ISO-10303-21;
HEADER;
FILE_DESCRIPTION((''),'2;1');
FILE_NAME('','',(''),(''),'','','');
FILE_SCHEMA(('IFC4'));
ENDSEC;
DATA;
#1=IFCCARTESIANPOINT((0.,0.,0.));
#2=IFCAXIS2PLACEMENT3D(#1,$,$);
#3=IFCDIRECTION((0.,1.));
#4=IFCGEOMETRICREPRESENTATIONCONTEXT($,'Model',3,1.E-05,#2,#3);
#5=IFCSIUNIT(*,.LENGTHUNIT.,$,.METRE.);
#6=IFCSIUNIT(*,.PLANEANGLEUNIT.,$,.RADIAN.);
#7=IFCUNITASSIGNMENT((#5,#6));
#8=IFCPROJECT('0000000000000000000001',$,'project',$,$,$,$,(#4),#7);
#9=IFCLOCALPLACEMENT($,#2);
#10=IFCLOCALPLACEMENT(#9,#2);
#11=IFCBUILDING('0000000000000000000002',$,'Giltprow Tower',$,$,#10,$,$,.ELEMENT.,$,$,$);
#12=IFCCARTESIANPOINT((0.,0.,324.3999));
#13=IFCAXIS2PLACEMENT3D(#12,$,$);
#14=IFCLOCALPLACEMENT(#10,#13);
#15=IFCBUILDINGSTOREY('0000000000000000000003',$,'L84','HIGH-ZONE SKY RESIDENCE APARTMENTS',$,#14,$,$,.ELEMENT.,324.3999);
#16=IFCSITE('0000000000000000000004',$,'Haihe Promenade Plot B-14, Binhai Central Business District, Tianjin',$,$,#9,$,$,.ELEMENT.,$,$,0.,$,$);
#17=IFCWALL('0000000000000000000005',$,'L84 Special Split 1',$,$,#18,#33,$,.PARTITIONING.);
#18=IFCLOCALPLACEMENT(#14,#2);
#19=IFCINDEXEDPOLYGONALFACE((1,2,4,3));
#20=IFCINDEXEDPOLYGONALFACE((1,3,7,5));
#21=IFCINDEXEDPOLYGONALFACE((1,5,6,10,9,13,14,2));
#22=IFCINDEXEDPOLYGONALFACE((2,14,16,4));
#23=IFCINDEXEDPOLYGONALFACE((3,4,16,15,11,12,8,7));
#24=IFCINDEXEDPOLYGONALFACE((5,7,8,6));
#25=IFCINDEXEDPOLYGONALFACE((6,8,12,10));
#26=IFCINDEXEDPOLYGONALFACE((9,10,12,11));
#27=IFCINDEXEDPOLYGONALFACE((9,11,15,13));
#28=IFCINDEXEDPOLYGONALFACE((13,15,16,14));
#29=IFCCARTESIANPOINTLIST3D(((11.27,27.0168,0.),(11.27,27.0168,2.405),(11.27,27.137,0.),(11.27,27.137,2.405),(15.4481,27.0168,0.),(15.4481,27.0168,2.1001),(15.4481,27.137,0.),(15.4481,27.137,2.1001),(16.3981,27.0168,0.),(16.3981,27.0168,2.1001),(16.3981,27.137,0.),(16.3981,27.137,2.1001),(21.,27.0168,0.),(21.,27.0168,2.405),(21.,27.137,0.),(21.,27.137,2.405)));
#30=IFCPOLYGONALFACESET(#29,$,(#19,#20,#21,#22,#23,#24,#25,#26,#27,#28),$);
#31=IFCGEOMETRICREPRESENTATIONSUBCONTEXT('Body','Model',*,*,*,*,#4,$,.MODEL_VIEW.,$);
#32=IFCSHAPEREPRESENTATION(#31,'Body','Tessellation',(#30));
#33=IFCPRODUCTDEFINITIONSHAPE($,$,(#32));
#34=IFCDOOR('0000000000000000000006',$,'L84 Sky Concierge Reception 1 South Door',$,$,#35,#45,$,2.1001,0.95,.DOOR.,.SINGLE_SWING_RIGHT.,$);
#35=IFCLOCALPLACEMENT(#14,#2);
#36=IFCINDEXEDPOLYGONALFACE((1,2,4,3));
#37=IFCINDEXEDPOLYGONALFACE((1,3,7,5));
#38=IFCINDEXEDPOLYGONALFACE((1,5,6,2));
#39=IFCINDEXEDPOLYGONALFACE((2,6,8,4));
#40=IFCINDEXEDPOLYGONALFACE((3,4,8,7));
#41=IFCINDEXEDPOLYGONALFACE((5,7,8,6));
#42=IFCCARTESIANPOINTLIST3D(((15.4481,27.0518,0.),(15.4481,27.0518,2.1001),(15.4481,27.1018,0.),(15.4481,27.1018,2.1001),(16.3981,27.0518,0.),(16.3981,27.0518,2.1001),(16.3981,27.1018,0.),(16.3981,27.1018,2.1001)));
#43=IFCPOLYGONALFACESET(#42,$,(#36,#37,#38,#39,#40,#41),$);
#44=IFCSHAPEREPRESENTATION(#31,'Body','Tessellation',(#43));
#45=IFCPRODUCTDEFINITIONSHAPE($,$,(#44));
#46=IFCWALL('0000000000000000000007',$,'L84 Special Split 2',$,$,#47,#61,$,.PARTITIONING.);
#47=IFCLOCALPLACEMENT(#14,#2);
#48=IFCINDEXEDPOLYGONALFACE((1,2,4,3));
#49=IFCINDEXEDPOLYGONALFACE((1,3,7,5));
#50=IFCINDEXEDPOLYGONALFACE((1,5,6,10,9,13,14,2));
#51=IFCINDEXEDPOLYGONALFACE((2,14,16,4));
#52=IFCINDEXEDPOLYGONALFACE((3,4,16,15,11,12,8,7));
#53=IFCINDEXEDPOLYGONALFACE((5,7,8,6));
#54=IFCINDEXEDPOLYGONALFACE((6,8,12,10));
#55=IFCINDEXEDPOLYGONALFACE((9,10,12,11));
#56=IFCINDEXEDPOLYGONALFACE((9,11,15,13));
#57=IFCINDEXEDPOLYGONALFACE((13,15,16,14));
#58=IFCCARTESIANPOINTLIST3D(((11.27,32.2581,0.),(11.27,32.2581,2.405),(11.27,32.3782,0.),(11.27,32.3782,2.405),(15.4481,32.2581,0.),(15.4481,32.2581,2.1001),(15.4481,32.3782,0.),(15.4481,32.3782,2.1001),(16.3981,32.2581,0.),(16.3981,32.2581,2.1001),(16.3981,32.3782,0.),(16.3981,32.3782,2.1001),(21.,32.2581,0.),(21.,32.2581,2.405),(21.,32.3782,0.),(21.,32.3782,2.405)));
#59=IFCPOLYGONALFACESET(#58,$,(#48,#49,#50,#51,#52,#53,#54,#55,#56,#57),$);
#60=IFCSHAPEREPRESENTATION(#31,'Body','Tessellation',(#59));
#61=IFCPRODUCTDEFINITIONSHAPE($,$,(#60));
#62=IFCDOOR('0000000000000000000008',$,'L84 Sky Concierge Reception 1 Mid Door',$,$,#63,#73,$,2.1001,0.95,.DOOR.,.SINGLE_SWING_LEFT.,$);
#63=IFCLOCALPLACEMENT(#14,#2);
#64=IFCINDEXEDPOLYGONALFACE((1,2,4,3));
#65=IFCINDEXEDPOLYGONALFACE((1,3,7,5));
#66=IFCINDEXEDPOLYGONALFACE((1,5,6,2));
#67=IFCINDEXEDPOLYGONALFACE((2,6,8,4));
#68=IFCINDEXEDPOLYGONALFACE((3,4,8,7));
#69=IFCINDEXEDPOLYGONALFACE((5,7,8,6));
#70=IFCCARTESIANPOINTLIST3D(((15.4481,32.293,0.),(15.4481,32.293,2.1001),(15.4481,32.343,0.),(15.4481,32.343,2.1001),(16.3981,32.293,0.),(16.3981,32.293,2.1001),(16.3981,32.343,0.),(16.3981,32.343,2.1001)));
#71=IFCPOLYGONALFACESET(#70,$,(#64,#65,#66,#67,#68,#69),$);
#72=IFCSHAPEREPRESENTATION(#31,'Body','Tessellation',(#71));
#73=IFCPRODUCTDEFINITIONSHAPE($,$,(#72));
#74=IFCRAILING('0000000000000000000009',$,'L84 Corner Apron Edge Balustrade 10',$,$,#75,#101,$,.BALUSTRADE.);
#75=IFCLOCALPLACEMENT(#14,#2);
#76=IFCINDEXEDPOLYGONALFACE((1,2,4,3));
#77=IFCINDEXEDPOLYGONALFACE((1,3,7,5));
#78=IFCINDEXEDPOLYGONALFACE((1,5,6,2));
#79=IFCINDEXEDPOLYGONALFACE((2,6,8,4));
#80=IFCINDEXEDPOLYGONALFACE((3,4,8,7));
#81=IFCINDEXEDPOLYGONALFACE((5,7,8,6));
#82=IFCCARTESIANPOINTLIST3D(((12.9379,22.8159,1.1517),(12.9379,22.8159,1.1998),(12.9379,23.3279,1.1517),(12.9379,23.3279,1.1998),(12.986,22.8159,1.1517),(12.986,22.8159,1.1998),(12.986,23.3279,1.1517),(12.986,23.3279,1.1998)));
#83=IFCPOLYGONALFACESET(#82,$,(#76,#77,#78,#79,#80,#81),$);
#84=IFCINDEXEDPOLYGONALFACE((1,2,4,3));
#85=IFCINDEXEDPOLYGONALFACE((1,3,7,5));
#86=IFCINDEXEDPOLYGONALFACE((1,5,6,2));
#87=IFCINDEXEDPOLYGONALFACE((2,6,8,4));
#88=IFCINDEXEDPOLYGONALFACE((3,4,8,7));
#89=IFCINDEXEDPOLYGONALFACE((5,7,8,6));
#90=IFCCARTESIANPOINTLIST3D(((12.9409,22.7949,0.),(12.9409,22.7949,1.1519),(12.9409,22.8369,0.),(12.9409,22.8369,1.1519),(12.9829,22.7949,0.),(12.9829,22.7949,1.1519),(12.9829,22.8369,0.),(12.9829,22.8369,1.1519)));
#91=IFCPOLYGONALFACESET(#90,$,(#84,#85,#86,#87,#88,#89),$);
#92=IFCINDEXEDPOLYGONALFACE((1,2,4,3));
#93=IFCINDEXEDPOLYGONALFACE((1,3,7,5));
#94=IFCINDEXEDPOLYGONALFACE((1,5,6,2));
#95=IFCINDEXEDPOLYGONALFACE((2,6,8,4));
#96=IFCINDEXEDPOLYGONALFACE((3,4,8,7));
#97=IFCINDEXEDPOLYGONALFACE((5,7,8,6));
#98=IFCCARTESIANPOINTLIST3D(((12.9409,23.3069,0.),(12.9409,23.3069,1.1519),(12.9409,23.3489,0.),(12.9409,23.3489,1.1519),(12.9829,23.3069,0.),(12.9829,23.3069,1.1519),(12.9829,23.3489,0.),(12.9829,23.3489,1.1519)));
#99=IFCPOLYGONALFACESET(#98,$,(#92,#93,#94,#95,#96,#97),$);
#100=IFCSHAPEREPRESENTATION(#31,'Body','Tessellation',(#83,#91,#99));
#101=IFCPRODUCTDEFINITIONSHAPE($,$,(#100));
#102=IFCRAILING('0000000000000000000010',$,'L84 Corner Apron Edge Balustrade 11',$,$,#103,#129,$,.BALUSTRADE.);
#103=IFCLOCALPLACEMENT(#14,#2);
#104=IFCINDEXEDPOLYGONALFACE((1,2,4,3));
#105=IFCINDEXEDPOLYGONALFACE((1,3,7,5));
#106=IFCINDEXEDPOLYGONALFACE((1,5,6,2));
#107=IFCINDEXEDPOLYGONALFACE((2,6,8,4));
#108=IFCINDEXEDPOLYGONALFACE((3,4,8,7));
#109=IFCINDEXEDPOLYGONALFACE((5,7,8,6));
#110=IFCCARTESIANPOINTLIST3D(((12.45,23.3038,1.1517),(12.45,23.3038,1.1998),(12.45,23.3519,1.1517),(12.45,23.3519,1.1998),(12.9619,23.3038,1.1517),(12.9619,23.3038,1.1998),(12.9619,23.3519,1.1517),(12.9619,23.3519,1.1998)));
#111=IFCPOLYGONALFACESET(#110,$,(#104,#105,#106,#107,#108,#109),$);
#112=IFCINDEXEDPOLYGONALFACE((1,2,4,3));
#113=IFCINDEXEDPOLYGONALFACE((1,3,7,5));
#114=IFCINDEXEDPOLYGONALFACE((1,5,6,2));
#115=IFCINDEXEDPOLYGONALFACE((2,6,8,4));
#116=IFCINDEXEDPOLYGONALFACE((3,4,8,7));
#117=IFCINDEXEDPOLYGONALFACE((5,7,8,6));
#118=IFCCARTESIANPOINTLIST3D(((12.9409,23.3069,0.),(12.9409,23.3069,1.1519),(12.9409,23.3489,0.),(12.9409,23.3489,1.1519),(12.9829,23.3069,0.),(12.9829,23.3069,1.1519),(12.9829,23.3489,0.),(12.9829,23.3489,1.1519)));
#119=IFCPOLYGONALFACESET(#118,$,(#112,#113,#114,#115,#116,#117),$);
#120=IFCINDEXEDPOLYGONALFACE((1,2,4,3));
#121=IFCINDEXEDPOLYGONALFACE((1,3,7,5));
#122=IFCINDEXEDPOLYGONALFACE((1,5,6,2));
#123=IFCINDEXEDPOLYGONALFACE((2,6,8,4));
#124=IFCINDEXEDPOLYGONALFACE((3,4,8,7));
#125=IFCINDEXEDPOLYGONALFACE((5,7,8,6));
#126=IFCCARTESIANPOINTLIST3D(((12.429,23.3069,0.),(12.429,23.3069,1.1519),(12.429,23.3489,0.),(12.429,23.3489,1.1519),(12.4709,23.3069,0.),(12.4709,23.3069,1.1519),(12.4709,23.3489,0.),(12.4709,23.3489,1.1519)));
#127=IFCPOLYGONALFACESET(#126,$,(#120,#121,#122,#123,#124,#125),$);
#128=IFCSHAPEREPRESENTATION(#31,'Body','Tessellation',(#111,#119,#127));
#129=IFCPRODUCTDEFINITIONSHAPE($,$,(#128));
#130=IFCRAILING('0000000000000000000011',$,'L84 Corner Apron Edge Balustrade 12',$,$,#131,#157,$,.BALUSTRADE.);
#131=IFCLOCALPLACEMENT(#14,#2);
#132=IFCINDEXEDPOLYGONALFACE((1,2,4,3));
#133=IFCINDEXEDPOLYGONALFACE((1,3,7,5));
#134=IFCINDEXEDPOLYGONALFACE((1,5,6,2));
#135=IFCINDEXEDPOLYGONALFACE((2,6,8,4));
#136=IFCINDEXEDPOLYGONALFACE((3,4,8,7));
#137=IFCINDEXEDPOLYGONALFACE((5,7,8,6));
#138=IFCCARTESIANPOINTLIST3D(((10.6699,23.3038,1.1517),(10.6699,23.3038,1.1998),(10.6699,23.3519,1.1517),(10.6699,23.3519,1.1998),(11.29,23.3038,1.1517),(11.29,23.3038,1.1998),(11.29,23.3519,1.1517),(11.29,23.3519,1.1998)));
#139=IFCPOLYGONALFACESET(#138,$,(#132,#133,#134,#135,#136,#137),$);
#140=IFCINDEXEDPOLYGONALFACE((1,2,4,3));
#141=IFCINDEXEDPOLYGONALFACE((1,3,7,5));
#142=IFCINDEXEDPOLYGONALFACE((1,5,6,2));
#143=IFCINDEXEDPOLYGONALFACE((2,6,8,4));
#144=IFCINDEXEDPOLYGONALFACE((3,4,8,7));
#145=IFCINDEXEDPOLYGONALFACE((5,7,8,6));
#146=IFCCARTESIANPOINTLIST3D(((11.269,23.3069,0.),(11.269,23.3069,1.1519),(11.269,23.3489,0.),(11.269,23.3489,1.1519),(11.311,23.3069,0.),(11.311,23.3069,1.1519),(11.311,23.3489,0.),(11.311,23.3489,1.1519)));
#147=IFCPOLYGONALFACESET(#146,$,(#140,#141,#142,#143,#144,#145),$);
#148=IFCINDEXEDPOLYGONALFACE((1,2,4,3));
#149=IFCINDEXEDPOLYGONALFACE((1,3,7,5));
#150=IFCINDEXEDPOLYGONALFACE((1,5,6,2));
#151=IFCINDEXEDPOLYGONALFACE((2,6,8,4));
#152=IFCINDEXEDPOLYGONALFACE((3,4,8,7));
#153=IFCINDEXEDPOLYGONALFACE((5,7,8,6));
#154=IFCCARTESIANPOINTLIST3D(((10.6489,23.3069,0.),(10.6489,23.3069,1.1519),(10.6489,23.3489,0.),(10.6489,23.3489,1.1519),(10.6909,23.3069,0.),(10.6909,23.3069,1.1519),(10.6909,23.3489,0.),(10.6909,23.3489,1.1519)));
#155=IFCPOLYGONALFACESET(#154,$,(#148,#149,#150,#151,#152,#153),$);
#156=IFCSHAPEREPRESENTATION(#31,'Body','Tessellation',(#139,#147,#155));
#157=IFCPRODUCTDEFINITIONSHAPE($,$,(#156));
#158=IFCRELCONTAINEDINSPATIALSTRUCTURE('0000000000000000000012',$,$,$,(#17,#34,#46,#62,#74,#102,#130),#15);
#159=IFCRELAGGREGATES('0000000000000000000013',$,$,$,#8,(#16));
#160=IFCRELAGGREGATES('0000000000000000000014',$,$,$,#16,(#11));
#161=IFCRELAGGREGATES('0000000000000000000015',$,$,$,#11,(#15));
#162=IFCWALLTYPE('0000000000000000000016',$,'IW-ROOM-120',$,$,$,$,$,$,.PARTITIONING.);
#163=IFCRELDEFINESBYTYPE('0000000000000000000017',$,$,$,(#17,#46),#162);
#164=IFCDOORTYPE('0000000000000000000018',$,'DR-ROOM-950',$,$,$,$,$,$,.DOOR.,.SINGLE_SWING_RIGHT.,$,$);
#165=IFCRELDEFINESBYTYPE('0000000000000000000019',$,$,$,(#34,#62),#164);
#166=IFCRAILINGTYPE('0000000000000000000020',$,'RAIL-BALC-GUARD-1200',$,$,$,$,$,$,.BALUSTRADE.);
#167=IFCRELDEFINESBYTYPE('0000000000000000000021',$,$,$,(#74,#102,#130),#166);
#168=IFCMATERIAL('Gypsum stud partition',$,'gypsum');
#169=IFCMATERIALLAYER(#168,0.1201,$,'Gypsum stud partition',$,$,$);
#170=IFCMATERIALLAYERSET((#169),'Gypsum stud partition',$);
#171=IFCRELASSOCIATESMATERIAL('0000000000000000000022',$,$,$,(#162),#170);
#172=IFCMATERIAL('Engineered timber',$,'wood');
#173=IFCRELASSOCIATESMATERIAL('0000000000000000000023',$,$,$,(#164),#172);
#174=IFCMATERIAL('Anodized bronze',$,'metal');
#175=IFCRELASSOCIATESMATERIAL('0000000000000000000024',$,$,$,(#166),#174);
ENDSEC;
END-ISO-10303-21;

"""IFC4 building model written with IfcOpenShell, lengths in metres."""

from ifc_helpers import new_model, si_unit, direction, frame, frame_2d, origin, origin_2d, place, context, subcontext, project, spatial, rectangle, extrude, source, transform, mapped, material, layer, layer_set, type_object, element, fill, save


model = new_model("IFC4")

# Units and contexts
model_context = context("Model", 3, precision=1e-05, world=origin(), true_north=direction((0.0, 1.0)))
body_context = subcontext(model_context, "Body", "Model", "MODEL_VIEW")
ifc_project = project(units=[si_unit("LENGTHUNIT", "METRE"), si_unit("PLANEANGLEUNIT", "RADIAN")], contexts=[model_context])

# Site, building, storey
site_placement = place(None, origin())
site = spatial("IfcSite", under=ifc_project, at=site_placement, Name="Haihe Promenade Plot B-14, Binhai Central Business District, Tianjin", CompositionType="ELEMENT", RefElevation=0.0)
building_placement = place(site_placement, origin())
building = spatial("IfcBuilding", under=site, at=building_placement, Name="Giltprow Tower", CompositionType="ELEMENT")
storey_placement = place(building_placement, frame((0.0, 0.0, 324.3999)))
storey = spatial("IfcBuildingStorey", under=building, at=storey_placement, Name="L84", Description="HIGH-ZONE SKY RESIDENCE APARTMENTS", CompositionType="ELEMENT", Elevation=324.3999)

# Walls, openings, doors
ifc_material_1 = material(Name="Gypsum stud partition", Category="gypsum")
ifc_layer_1 = layer(ifc_material_1, 0.1201, Name="Gypsum stud partition")
ifc_layer_set_1 = layer_set([ifc_layer_1], Name="Gypsum stud partition")
wall_type_1 = type_object("IfcWallType", Name="IW-ROOM-120", PredefinedType="PARTITIONING", material=ifc_layer_set_1)
wall_1_placement = place(storey_placement, frame((11.27, 27.0769, 0.0), z_axis=(0.0, 0.0, 1.0), x_axis=(1.0, 0.0, 0.0)))
wall_1 = element("IfcWall", 1, at=wall_1_placement, inside=storey, type_object=wall_type_1, Name="L84 Special Split 1", PredefinedType="PARTITIONING", context=body_context, shape_type="SweptSolid", body=[
    extrude(rectangle(XDim=9.73, YDim=0.1201, at=frame_2d((4.865, 0.0))), origin(), (0.0, 0.0, 1.0), 2.405),
])
opening_1_placement = place(wall_1_placement, frame((4.178, 0.0, 0.0)))
opening_1 = element("IfcOpeningElement", 2, at=opening_1_placement, cuts=wall_1, PredefinedType="OPENING", context=body_context, shape_type="SweptSolid", body=[
    extrude(rectangle(XDim=0.95, YDim=2.1001, at=frame_2d((0.4751, 1.05))), frame((0.0, 0.0701, 0.0), z_axis=(0.0, -1.0, 0.0), x_axis=(1.0, 0.0, 0.0)), (0.0, 0.0, 1.0), 0.1401),
])
ifc_material_2 = material(Name="Engineered timber", Category="wood")
door_type = type_object("IfcDoorType", Name="DR-ROOM-950", OperationType="SINGLE_SWING_RIGHT", PredefinedType="DOOR", material=ifc_material_2)
shared_shape_1 = source(origin(), body_context, "Body", "SweptSolid", [
    extrude(rectangle(XDim=0.95, YDim=2.1001, at=frame_2d((0.4751, 1.05))), frame((0.0, 0.0249, 0.0), z_axis=(0.0, -1.0, 0.0), x_axis=(1.0, 0.0, 0.0)), (0.0, 0.0, 1.0), 0.05),
])
door_1_placement = place(opening_1_placement, origin())
door_1 = element("IfcDoor", 3, at=door_1_placement, inside=storey, type_object=door_type, Name="L84 Sky Concierge Reception 1 South Door", OperationType="SINGLE_SWING_RIGHT", OverallHeight=2.1001, OverallWidth=0.95, PredefinedType="DOOR", context=body_context, shape_type="MappedRepresentation", body=[
    mapped(shared_shape_1, transform((0.0, 0.0, 0.0), x_axis=(1.0, 0.0, 0.0), y_axis=(0.0, 1.0, 0.0), z_axis=(0.0, 0.0, 1.0), scale=1.0)),
])
fill(opening_1, door_1)
wall_2_placement = place(storey_placement, frame((11.27, 32.3181, 0.0), z_axis=(0.0, 0.0, 1.0), x_axis=(1.0, 0.0, 0.0)))
wall_2 = element("IfcWall", 4, at=wall_2_placement, inside=storey, type_object=wall_type_1, Name="L84 Special Split 2", PredefinedType="PARTITIONING", context=body_context, shape_type="SweptSolid", body=[
    extrude(rectangle(XDim=9.73, YDim=0.1201, at=frame_2d((4.865, 0.0))), origin(), (0.0, 0.0, 1.0), 2.405),
])
opening_2_placement = place(wall_2_placement, frame((4.178, 0.0, 0.0)))
opening_2 = element("IfcOpeningElement", 5, at=opening_2_placement, cuts=wall_2, PredefinedType="OPENING", context=body_context, shape_type="SweptSolid", body=[
    extrude(rectangle(XDim=0.95, YDim=2.1001, at=frame_2d((0.4751, 1.05))), frame((0.0, 0.0701, 0.0), z_axis=(0.0, -1.0, 0.0), x_axis=(1.0, 0.0, 0.0)), (0.0, 0.0, 1.0), 0.1401),
])
door_2_placement = place(opening_2_placement, origin())
door_2 = element("IfcDoor", 6, at=door_2_placement, inside=storey, type_object=door_type, Name="L84 Sky Concierge Reception 1 Mid Door", OperationType="SINGLE_SWING_LEFT", OverallHeight=2.1001, OverallWidth=0.95, PredefinedType="DOOR", context=body_context, shape_type="MappedRepresentation", body=[
    mapped(shared_shape_1, transform((0.0, 0.0, 0.0), x_axis=(1.0, 0.0, 0.0), y_axis=(0.0, 1.0, 0.0), z_axis=(0.0, 0.0, 1.0), scale=1.0)),
])
fill(opening_2, door_2)

# Railings
ifc_material_3 = material(Name="Anodized bronze", Category="metal")
railing_type = type_object("IfcRailingType", Name="RAIL-BALC-GUARD-1200", PredefinedType="BALUSTRADE", material=ifc_material_3)
railing_1_placement = place(storey_placement, frame((12.9619, 22.8159, 0.0)))
element("IfcRailing", 7, at=railing_1_placement, inside=storey, type_object=railing_type, Name="L84 Corner Apron Edge Balustrade 10", PredefinedType="BALUSTRADE", context=body_context, shape_type="SweptSolid", body=[
    extrude(rectangle(XDim=0.0481, YDim=0.0481, at=origin_2d()), frame((0.0, 0.0, 1.1758), z_axis=(0.0, 1.0, 0.0), x_axis=(-1.0, 0.0, 0.0)), (0.0, 0.0, 1.0), 0.512),
    extrude(rectangle(XDim=0.042, YDim=0.042, at=origin_2d()), origin(), (0.0, 0.0, 1.0), 1.1519),
    extrude(rectangle(XDim=0.042, YDim=0.042, at=origin_2d()), frame((0.0, 0.512, 0.0)), (0.0, 0.0, 1.0), 1.1519),
])
railing_2_placement = place(storey_placement, frame((12.9619, 23.3279, 0.0)))
element("IfcRailing", 8, at=railing_2_placement, inside=storey, type_object=railing_type, Name="L84 Corner Apron Edge Balustrade 11", PredefinedType="BALUSTRADE", context=body_context, shape_type="SweptSolid", body=[
    extrude(rectangle(XDim=0.0481, YDim=0.0481, at=origin_2d()), frame((0.0, 0.0, 1.1758), z_axis=(-1.0, 0.0, 0.0), x_axis=(0.0, -1.0, 0.0)), (0.0, 0.0, 1.0), 0.512),
    extrude(rectangle(XDim=0.042, YDim=0.042, at=origin_2d()), origin(), (0.0, 0.0, 1.0), 1.1519),
    extrude(rectangle(XDim=0.042, YDim=0.042, at=origin_2d()), frame((-0.512, 0.0, 0.0)), (0.0, 0.0, 1.0), 1.1519),
])
railing_3_placement = place(storey_placement, frame((11.29, 23.3279, 0.0)))
element("IfcRailing", 9, at=railing_3_placement, inside=storey, type_object=railing_type, Name="L84 Corner Apron Edge Balustrade 12", PredefinedType="BALUSTRADE", context=body_context, shape_type="SweptSolid", body=[
    extrude(rectangle(XDim=0.0481, YDim=0.0481, at=origin_2d()), frame((0.0, 0.0, 1.1758), z_axis=(-1.0, 0.0, 0.0), x_axis=(0.0, -1.0, 0.0)), (0.0, 0.0, 1.0), 0.6201),
    extrude(rectangle(XDim=0.042, YDim=0.042, at=origin_2d()), origin(), (0.0, 0.0, 1.0), 1.1519),
    extrude(rectangle(XDim=0.042, YDim=0.042, at=origin_2d()), frame((-0.6201, 0.0, 0.0)), (0.0, 0.0, 1.0), 1.1519),
])

save(model, "model.ifc")
